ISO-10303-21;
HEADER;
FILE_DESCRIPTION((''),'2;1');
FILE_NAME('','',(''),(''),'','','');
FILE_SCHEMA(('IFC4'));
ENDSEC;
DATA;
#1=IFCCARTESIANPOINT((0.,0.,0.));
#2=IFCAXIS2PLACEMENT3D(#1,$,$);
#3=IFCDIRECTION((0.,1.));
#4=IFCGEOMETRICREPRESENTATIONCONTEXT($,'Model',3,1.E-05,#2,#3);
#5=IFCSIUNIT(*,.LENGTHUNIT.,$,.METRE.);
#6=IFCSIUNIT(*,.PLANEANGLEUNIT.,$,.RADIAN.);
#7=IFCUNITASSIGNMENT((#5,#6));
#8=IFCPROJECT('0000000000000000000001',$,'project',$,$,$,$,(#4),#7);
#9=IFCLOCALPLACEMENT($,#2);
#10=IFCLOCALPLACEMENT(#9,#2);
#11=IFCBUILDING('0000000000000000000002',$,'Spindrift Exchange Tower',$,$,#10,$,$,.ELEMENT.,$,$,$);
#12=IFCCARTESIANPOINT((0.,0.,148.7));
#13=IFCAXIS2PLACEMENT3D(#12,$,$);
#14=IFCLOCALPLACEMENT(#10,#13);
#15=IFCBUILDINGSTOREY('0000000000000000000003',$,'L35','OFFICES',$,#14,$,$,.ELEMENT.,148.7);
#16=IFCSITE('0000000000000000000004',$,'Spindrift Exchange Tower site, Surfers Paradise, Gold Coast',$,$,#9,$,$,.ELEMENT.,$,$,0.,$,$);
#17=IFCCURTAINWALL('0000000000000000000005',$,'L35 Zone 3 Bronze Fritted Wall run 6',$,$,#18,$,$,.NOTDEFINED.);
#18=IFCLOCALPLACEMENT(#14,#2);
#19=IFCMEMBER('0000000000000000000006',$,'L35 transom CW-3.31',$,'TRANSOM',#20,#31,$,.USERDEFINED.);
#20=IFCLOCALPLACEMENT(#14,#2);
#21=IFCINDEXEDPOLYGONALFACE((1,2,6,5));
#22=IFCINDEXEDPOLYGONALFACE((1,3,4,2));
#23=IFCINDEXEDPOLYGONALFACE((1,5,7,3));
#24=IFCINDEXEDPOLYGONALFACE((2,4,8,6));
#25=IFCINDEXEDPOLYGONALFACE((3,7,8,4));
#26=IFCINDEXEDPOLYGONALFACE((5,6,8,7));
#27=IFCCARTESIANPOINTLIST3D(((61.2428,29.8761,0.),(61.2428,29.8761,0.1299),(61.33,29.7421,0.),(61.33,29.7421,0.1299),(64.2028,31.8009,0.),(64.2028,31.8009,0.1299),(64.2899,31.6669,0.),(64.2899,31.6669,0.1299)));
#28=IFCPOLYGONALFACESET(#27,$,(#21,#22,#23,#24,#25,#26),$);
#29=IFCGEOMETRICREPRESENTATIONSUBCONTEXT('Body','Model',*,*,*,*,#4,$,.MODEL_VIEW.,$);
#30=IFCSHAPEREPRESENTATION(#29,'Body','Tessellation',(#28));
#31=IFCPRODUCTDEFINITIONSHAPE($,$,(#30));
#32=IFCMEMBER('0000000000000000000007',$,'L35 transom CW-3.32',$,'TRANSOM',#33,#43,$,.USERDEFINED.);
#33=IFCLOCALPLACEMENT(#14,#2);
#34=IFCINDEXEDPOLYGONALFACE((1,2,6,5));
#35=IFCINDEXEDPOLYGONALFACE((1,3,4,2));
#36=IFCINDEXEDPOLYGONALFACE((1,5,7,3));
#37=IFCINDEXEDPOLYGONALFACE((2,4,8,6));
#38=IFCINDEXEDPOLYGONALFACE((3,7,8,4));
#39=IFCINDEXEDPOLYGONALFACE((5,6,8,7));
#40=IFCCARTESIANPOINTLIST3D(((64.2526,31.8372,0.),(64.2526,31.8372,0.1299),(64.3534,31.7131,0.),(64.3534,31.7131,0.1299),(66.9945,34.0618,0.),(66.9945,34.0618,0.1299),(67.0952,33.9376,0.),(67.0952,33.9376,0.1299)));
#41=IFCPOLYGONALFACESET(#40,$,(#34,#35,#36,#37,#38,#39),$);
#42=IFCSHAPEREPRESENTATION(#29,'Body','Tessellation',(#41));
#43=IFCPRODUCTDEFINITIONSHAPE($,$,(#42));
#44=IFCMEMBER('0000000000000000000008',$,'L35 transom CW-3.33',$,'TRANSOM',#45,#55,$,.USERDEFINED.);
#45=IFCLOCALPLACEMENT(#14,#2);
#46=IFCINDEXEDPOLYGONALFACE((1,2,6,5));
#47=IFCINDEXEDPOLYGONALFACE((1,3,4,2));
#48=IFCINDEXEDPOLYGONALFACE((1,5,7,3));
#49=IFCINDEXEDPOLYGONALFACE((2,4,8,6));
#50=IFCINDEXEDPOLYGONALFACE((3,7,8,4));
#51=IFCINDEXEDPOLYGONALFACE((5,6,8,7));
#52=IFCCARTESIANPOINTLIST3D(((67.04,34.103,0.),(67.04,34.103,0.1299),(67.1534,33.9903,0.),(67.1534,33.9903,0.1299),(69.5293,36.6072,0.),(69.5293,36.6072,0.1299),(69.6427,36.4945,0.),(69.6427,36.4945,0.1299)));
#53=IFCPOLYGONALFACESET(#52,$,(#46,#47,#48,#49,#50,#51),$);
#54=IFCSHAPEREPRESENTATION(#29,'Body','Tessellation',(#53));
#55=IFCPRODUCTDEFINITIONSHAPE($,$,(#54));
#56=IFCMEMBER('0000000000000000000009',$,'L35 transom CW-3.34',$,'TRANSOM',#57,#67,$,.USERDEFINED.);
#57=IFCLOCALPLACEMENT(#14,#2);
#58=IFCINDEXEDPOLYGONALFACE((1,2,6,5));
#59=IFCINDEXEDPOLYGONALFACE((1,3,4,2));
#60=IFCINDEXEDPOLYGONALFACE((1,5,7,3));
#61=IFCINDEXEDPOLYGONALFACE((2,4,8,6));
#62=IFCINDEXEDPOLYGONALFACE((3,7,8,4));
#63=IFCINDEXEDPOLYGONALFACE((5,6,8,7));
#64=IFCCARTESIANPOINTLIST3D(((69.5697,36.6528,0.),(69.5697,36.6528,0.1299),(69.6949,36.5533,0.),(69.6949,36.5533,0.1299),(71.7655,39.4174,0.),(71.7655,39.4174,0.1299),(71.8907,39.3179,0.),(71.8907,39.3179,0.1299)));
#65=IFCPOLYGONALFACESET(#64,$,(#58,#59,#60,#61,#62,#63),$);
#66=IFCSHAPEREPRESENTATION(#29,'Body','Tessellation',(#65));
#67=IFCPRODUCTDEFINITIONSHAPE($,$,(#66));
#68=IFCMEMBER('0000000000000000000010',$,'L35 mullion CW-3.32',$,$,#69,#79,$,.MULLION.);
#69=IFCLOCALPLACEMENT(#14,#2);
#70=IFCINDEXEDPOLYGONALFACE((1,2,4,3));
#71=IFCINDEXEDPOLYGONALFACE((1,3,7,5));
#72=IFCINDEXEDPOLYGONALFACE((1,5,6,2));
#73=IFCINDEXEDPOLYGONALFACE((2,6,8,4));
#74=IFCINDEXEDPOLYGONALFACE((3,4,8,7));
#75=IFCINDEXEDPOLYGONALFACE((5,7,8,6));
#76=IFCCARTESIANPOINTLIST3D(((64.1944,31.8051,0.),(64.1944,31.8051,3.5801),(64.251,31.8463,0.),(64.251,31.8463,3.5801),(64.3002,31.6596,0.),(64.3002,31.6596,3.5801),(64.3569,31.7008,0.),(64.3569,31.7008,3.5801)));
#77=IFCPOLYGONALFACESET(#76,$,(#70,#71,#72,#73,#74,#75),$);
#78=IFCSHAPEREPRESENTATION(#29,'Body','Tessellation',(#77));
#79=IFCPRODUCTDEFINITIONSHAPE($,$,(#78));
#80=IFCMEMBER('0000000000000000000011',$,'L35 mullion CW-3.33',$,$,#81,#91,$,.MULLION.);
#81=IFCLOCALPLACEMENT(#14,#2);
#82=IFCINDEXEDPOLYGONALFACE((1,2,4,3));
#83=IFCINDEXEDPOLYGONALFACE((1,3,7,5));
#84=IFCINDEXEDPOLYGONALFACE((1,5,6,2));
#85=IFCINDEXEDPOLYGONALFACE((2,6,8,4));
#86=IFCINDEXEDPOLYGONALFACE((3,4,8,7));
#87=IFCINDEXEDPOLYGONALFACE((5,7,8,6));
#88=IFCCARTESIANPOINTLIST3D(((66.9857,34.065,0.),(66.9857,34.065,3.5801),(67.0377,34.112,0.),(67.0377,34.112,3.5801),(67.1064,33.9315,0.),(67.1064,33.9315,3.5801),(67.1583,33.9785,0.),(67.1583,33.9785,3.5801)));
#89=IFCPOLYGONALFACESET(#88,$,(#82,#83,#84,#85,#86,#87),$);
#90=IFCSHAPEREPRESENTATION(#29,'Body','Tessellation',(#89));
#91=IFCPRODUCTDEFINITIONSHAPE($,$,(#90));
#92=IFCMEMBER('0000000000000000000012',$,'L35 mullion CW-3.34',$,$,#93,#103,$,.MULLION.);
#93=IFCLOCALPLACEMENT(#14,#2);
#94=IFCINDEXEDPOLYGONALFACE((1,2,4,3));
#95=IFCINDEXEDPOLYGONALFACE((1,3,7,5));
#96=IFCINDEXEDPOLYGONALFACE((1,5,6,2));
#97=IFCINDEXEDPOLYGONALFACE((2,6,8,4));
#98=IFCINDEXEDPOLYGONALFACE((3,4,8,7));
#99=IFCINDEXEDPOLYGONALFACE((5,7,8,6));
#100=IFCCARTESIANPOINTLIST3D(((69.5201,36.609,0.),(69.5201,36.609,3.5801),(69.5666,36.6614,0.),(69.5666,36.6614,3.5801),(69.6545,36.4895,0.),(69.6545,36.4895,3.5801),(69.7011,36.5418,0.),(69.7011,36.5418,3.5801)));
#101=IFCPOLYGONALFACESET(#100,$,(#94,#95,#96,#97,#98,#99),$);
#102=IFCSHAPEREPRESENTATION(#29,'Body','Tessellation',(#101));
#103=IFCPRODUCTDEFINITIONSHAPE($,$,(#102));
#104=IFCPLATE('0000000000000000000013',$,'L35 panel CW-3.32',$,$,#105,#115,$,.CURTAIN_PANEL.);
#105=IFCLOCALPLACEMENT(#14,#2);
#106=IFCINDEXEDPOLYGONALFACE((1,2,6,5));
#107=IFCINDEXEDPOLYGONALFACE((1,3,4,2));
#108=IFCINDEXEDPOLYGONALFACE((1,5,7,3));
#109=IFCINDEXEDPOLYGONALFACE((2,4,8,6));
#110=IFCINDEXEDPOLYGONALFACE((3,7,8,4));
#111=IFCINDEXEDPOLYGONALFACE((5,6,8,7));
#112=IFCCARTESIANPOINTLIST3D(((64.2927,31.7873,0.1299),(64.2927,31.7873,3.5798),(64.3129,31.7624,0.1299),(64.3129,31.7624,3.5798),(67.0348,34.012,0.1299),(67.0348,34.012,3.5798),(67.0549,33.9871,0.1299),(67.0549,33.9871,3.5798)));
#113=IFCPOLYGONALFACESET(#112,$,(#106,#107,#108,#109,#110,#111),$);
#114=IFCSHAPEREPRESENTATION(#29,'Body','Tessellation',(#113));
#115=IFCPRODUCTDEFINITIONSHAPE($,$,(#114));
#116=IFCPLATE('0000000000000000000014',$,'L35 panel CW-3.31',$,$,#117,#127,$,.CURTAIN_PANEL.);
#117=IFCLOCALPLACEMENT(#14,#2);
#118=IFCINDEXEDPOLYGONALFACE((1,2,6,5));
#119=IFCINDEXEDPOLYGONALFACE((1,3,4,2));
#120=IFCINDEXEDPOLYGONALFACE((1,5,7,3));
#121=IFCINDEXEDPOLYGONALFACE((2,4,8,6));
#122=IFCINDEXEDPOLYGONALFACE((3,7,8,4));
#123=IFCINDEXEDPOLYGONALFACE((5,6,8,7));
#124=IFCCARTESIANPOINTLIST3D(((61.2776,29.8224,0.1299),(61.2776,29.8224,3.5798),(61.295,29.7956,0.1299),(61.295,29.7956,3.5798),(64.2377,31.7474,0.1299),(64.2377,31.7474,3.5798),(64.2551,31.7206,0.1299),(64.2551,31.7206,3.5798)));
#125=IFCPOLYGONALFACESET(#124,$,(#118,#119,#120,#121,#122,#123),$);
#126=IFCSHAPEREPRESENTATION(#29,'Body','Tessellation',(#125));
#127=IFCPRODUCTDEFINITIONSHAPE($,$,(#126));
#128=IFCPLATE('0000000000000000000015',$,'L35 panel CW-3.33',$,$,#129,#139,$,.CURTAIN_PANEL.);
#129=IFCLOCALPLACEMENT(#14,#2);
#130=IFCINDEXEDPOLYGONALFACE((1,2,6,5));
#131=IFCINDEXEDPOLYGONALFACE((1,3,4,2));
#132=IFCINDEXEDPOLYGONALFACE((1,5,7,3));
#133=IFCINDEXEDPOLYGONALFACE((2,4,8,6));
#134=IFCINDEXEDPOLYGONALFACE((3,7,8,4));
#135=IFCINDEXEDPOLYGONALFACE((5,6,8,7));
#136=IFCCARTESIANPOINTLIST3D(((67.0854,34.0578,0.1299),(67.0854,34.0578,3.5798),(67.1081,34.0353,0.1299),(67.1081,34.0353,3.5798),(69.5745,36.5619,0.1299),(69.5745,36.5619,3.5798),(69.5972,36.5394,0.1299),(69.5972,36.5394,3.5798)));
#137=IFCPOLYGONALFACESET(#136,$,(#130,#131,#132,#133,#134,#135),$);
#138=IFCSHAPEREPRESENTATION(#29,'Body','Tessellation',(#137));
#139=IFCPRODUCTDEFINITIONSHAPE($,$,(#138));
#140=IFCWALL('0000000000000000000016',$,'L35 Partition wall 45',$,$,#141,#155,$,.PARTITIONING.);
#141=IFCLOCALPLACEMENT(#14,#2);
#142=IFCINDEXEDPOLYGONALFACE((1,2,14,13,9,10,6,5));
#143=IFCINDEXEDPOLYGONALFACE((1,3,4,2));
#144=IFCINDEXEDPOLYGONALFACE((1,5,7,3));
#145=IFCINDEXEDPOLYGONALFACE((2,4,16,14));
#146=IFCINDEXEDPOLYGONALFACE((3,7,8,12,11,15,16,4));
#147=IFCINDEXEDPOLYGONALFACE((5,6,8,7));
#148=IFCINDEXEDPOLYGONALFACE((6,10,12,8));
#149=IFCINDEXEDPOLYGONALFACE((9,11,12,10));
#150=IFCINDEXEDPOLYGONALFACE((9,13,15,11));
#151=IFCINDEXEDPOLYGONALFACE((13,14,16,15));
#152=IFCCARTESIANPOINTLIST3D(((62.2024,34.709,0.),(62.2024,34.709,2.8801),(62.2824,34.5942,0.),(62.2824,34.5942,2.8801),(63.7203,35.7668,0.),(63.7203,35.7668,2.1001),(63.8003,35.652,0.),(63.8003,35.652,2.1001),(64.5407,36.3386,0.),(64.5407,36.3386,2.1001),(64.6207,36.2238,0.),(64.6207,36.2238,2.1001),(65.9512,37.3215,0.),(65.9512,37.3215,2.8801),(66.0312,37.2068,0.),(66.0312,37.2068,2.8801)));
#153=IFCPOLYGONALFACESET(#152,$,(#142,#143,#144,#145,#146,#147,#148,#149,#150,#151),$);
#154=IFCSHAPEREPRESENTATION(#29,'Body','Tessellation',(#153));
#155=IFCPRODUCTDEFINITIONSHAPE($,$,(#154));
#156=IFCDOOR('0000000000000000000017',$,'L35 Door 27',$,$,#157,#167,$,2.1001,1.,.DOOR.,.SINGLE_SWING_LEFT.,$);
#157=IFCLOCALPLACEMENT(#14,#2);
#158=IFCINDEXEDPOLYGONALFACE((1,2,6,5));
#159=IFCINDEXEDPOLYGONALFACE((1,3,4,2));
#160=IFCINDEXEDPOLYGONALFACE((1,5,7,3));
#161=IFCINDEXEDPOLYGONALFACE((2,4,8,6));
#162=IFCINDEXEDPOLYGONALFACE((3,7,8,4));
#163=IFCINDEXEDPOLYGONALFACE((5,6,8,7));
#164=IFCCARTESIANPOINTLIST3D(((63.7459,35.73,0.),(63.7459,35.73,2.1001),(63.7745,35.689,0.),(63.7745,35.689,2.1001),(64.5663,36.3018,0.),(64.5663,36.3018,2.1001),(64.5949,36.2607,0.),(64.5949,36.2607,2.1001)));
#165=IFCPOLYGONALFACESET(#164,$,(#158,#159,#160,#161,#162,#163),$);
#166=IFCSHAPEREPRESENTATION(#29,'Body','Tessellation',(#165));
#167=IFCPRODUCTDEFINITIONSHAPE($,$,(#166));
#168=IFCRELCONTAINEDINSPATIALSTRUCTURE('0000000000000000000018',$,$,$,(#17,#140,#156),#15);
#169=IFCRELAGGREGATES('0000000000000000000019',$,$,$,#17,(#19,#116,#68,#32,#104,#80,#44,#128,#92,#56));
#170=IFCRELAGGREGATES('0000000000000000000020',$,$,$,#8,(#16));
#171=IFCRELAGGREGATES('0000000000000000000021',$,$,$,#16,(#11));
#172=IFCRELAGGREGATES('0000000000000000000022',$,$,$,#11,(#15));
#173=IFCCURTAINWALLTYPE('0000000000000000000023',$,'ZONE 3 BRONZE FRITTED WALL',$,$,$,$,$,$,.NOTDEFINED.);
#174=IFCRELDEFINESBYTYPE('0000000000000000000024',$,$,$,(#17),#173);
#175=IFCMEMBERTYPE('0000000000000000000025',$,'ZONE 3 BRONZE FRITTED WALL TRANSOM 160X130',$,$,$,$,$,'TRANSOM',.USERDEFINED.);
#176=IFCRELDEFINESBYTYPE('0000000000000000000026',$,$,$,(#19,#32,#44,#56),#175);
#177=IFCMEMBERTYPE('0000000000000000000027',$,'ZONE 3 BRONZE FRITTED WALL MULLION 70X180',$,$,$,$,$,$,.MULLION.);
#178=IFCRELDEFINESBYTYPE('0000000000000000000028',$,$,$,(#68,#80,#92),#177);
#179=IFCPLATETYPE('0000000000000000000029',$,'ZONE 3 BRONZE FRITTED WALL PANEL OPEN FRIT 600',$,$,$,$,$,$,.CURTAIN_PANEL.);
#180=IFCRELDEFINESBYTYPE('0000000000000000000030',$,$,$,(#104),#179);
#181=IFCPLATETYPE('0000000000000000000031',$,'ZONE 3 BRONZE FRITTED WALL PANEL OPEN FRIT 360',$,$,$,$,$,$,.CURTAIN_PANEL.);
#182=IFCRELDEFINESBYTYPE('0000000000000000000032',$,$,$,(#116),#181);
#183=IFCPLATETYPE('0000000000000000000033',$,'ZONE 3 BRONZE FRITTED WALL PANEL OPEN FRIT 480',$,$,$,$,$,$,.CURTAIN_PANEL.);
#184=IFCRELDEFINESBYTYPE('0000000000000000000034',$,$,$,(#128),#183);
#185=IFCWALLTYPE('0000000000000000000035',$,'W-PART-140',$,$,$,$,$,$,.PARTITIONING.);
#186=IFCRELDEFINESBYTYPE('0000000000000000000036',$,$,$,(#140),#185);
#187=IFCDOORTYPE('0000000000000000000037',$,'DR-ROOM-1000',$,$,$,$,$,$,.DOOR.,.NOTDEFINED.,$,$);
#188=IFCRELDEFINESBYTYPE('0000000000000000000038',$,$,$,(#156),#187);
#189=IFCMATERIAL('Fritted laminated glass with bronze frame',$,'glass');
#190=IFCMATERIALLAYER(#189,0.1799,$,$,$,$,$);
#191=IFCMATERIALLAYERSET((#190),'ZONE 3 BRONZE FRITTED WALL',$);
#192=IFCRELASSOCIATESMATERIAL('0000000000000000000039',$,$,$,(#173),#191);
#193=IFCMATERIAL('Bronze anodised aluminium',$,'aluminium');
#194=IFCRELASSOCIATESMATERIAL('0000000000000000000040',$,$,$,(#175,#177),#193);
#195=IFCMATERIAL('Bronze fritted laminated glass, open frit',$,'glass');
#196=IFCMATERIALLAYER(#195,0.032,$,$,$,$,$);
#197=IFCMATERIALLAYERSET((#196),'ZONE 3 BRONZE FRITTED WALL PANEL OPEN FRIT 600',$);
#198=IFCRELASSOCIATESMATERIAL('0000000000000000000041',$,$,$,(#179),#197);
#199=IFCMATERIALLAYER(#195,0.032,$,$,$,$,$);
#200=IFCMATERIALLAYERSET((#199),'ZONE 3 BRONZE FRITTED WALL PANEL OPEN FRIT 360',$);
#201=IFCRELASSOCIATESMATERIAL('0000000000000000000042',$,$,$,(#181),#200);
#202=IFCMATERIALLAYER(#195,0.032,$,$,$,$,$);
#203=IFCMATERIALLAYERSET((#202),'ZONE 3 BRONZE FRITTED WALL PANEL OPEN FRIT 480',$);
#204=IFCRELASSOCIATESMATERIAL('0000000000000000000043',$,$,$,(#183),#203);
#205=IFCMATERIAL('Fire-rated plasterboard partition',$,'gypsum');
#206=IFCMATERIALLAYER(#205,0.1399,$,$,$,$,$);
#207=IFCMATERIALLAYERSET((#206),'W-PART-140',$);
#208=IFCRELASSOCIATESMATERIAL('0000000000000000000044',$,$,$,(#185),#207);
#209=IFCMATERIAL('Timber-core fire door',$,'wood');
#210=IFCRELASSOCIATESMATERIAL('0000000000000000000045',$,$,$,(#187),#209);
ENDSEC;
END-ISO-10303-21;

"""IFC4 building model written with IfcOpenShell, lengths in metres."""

from ifc_helpers import new_model, si_unit, direction, frame, frame_2d, origin, origin_2d, place, context, subcontext, project, spatial, rectangle, extrude, source, transform, mapped, material, layer, layer_set, material_profile, profile_set, type_object, element, fill, aggregate, save


model = new_model("IFC4")

# Units and contexts
model_context = context("Model", 3, precision=1e-05, world=origin(), true_north=direction((0.0, 1.0)))
body_context = subcontext(model_context, "Body", "Model", "MODEL_VIEW")
ifc_project = project(units=[si_unit("LENGTHUNIT", "METRE"), si_unit("PLANEANGLEUNIT", "RADIAN")], contexts=[model_context])

# Site, building, storey
site_placement = place(None, origin())
site = spatial("IfcSite", under=ifc_project, at=site_placement, Name="Spindrift Exchange Tower site, Surfers Paradise, Gold Coast", CompositionType="ELEMENT", RefElevation=0.0)
building_placement = place(site_placement, origin())
building = spatial("IfcBuilding", under=site, at=building_placement, Name="Spindrift Exchange Tower", CompositionType="ELEMENT")
storey_placement = place(building_placement, frame((0.0, 0.0, 148.7)))
storey = spatial("IfcBuildingStorey", under=building, at=storey_placement, Name="L35", Description="OFFICES", CompositionType="ELEMENT", Elevation=148.7)

# Curtain wall, members, plates
ifc_material_1 = material(Name="Fritted laminated glass with bronze frame", Category="glass")
ifc_layer_1 = layer(ifc_material_1, 0.1799)
ifc_layer_set_1 = layer_set([ifc_layer_1], Name="ZONE 3 BRONZE FRITTED WALL")
curtain_wall_type = type_object("IfcCurtainWallType", Name="ZONE 3 BRONZE FRITTED WALL", PredefinedType="NOTDEFINED", material=ifc_layer_set_1)
curtain_wall_placement = place(storey_placement, origin())
curtain_wall = element("IfcCurtainWall", 1, at=curtain_wall_placement, inside=storey, type_object=curtain_wall_type, Name="L35 Zone 3 Bronze Fritted Wall run 6", PredefinedType="NOTDEFINED")
ifc_material_2 = material(Name="Bronze anodised aluminium", Category="aluminium")
ifc_material_profile_1 = material_profile(ifc_material_2, rectangle(XDim=0.1599, YDim=0.1299, at=origin_2d()), Name="ZONE 3 BRONZE FRITTED WALL TRANSOM 160X130")
ifc_profile_set_1 = profile_set([ifc_material_profile_1], Name="Bronze anodised aluminium")
member_type_1 = type_object("IfcMemberType", Name="ZONE 3 BRONZE FRITTED WALL TRANSOM 160X130", ElementType="TRANSOM", PredefinedType="USERDEFINED", material=ifc_profile_set_1)
shared_shape_1 = source(origin(), body_context, "Body", "SweptSolid", [
    extrude(rectangle(XDim=0.1599, YDim=0.1299, at=origin_2d()), origin(), (0.0, 0.0, 1.0), 3.5308),
])
member_1_placement = place(storey_placement, frame((61.2864, 29.8091, 0.0649), z_axis=(0.838336, 0.545154, 0.0), x_axis=(-0.545154, 0.838336, 0.0)))
member_1 = element("IfcMember", 2, at=member_1_placement, type_object=member_type_1, Name="L35 transom CW-3.31", ObjectType="TRANSOM", PredefinedType="USERDEFINED", context=body_context, shape_type="MappedRepresentation", body=[
    mapped(shared_shape_1, transform((0.0, 0.0, 0.0), scale=1.0)),
])
member_2_placement = place(storey_placement, frame((64.303, 31.7751, 0.0649), z_axis=(0.77656, 0.630043, 0.0), x_axis=(-0.630043, 0.77656, 0.0)))
member_2 = element("IfcMember", 3, at=member_2_placement, type_object=member_type_1, Name="L35 transom CW-3.32", ObjectType="TRANSOM", PredefinedType="USERDEFINED", context=body_context, shape_type="MappedRepresentation", body=[
    mapped(shared_shape_1, transform((0.0, 0.0, 0.0), scale=1.0)),
])
shared_shape_2 = source(origin(), body_context, "Body", "SweptSolid", [
    extrude(rectangle(XDim=0.1599, YDim=0.1299, at=origin_2d()), origin(), (0.0, 0.0, 1.0), 3.531),
])
member_3_placement = place(storey_placement, frame((67.0967, 34.0466, 0.0649), z_axis=(0.704995, 0.709213, 0.0), x_axis=(-0.709213, 0.704995, 0.0)))
member_3 = element("IfcMember", 4, at=member_3_placement, type_object=member_type_1, Name="L35 transom CW-3.33", ObjectType="TRANSOM", PredefinedType="USERDEFINED", context=body_context, shape_type="MappedRepresentation", body=[
    mapped(shared_shape_2, transform((0.0, 0.0, 0.0), scale=1.0)),
])
shared_shape_3 = source(origin(), body_context, "Body", "SweptSolid", [
    extrude(rectangle(XDim=0.1599, YDim=0.1299, at=origin_2d()), origin(), (0.0, 0.0, 1.0), 3.5305),
])
member_4_placement = place(storey_placement, frame((69.6323, 36.603, 0.0649), z_axis=(0.621942, 0.783063, 0.0), x_axis=(-0.783063, 0.621942, 0.0)))
member_4 = element("IfcMember", 5, at=member_4_placement, type_object=member_type_1, Name="L35 transom CW-3.34", ObjectType="TRANSOM", PredefinedType="USERDEFINED", context=body_context, shape_type="MappedRepresentation", body=[
    mapped(shared_shape_3, transform((0.0, 0.0, 0.0), scale=1.0)),
])
ifc_material_profile_2 = material_profile(ifc_material_2, rectangle(XDim=0.0701, YDim=0.1799, at=origin_2d()), Name="ZONE 3 BRONZE FRITTED WALL MULLION 70X180")
ifc_profile_set_2 = profile_set([ifc_material_profile_2], Name="Bronze anodised aluminium")
member_type_2 = type_object("IfcMemberType", Name="ZONE 3 BRONZE FRITTED WALL MULLION 70X180", PredefinedType="MULLION", material=ifc_profile_set_2)
shared_shape_4 = source(origin(), body_context, "Body", "SweptSolid", [
    extrude(rectangle(XDim=0.0701, YDim=0.1799, at=origin_2d()), origin(), (0.0, 0.0, 1.0), 3.5801),
])
member_5_placement = place(storey_placement, frame((64.2756, 31.7529, 0.0), z_axis=(0.0, 0.0, 1.0), x_axis=(0.808557, 0.588418, 0.0)))
member_5 = element("IfcMember", 6, at=member_5_placement, type_object=member_type_2, Name="L35 mullion CW-3.32", PredefinedType="MULLION", context=body_context, shape_type="MappedRepresentation", body=[
    mapped(shared_shape_4, transform((0.0, 0.0, 0.0), scale=1.0)),
])
member_6_placement = place(storey_placement, frame((67.072, 34.0217, 0.0), z_axis=(0.0, 0.0, 1.0), x_axis=(0.741828, 0.670591, 0.0)))
member_6 = element("IfcMember", 7, at=member_6_placement, type_object=member_type_2, Name="L35 mullion CW-3.33", PredefinedType="MULLION", context=body_context, shape_type="MappedRepresentation", body=[
    mapped(shared_shape_4, transform((0.0, 0.0, 0.0), scale=1.0)),
])
member_7_placement = place(storey_placement, frame((69.6106, 36.5754, 0.0), z_axis=(0.0, 0.0, 1.0), x_axis=(0.66449, 0.747297, 0.0)))
member_7 = element("IfcMember", 8, at=member_7_placement, type_object=member_type_2, Name="L35 mullion CW-3.34", PredefinedType="MULLION", context=body_context, shape_type="MappedRepresentation", body=[
    mapped(shared_shape_4, transform((0.0, 0.0, 0.0), scale=1.0)),
])
ifc_material_3 = material(Name="Bronze fritted laminated glass, open frit", Category="glass")
ifc_layer_2 = layer(ifc_material_3, 0.032)
ifc_layer_set_2 = layer_set([ifc_layer_2], Name="ZONE 3 BRONZE FRITTED WALL PANEL OPEN FRIT 600")
plate_type_1 = type_object("IfcPlateType", Name="ZONE 3 BRONZE FRITTED WALL PANEL OPEN FRIT 600", PredefinedType="CURTAIN_PANEL", material=ifc_layer_set_2)
shared_shape_5 = source(origin(), body_context, "Body", "SweptSolid", [
    extrude(rectangle(XDim=3.531, YDim=0.032, at=origin_2d()), origin(), (0.0, 0.0, 1.0), 3.45),
])
plate_1_placement = place(storey_placement, frame((65.6738, 32.8872, 0.1299), z_axis=(0.0, 0.0, 1.0), x_axis=(0.776561, 0.630042, 0.0)))
plate_1 = element("IfcPlate", 9, at=plate_1_placement, type_object=plate_type_1, Name="L35 panel CW-3.32", PredefinedType="CURTAIN_PANEL", context=body_context, shape_type="MappedRepresentation", body=[
    mapped(shared_shape_5, transform((0.0, 0.0, 0.0), scale=1.0)),
])
ifc_layer_3 = layer(ifc_material_3, 0.032)
ifc_layer_set_3 = layer_set([ifc_layer_3], Name="ZONE 3 BRONZE FRITTED WALL PANEL OPEN FRIT 360")
plate_type_2 = type_object("IfcPlateType", Name="ZONE 3 BRONZE FRITTED WALL PANEL OPEN FRIT 360", PredefinedType="CURTAIN_PANEL", material=ifc_layer_set_3)
shared_shape_6 = source(origin(), body_context, "Body", "SweptSolid", [
    extrude(rectangle(XDim=3.531, YDim=0.032, at=origin_2d()), origin(), (0.0, 0.0, 1.0), 3.45),
])
plate_2_placement = place(storey_placement, frame((62.7664, 30.7715, 0.1299), z_axis=(0.0, 0.0, 1.0), x_axis=(0.838323, 0.545173, 0.0)))
plate_2 = element("IfcPlate", 10, at=plate_2_placement, type_object=plate_type_2, Name="L35 panel CW-3.31", PredefinedType="CURTAIN_PANEL", context=body_context, shape_type="MappedRepresentation", body=[
    mapped(shared_shape_6, transform((0.0, 0.0, 0.0), scale=1.0)),
])
ifc_layer_4 = layer(ifc_material_3, 0.032)
ifc_layer_set_4 = layer_set([ifc_layer_4], Name="ZONE 3 BRONZE FRITTED WALL PANEL OPEN FRIT 480")
plate_type_3 = type_object("IfcPlateType", Name="ZONE 3 BRONZE FRITTED WALL PANEL OPEN FRIT 480", PredefinedType="CURTAIN_PANEL", material=ifc_layer_set_4)
shared_shape_7 = source(origin(), body_context, "Body", "SweptSolid", [
    extrude(rectangle(XDim=3.5308, YDim=0.032, at=origin_2d()), origin(), (0.0, 0.0, 1.0), 3.45),
])
plate_3_placement = place(storey_placement, frame((68.3413, 35.2986, 0.1299), z_axis=(0.0, 0.0, 1.0), x_axis=(0.70498, 0.709228, 0.0)))
plate_3 = element("IfcPlate", 11, at=plate_3_placement, type_object=plate_type_3, Name="L35 panel CW-3.33", PredefinedType="CURTAIN_PANEL", context=body_context, shape_type="MappedRepresentation", body=[
    mapped(shared_shape_7, transform((0.0, 0.0, 0.0), scale=1.0)),
])
aggregate(curtain_wall, [member_1, plate_2, member_5, member_2, plate_1, member_6, member_3, plate_3, member_7, member_4])

# Wall, opening, door
ifc_material_4 = material(Name="Fire-rated plasterboard partition", Category="gypsum")
ifc_layer_5 = layer(ifc_material_4, 0.1399)
ifc_layer_set_5 = layer_set([ifc_layer_5], Name="W-PART-140")
wall_type = type_object("IfcWallType", Name="W-PART-140", PredefinedType="PARTITIONING", material=ifc_layer_set_5)
wall_1_placement = place(storey_placement, frame((65.9912, 37.2642, 0.0), z_axis=(0.0, 0.0, 1.0), x_axis=(-0.820422, -0.571758, 0.0)))
wall_1 = element("IfcWall", 12, at=wall_1_placement, inside=storey, type_object=wall_type, Name="L35 Partition wall 45", PredefinedType="PARTITIONING", context=body_context, shape_type="SweptSolid", body=[
    extrude(rectangle(XDim=4.5693, YDim=0.1399, at=frame_2d((2.2847, 0.0))), origin(), (0.0, 0.0, 1.0), 2.8801),
])
opening_1_placement = place(wall_1_placement, frame((1.7192, 0.0, 0.0)))
opening_1 = element("IfcOpeningElement", 13, at=opening_1_placement, cuts=wall_1, PredefinedType="OPENING", context=body_context, shape_type="SweptSolid", body=[
    extrude(rectangle(XDim=1.0, YDim=2.1001, at=frame_2d((0.5, 1.05))), frame((0.0, 0.0798, 0.0), z_axis=(0.0, -1.0, 0.0), x_axis=(1.0, 0.0, 0.0)), (0.0, 0.0, 1.0), 0.1599),
])
ifc_material_5 = material(Name="Timber-core fire door", Category="wood")
door_type = type_object("IfcDoorType", Name="DR-ROOM-1000", OperationType="NOTDEFINED", PredefinedType="DOOR", material=ifc_material_5)
shared_shape_8 = source(origin(), body_context, "Body", "SweptSolid", [
    extrude(rectangle(XDim=1.0, YDim=2.1001, at=frame_2d((0.5, 1.05))), frame((0.0, 0.0249, 0.0), z_axis=(0.0, -1.0, 0.0), x_axis=(1.0, 0.0, 0.0)), (0.0, 0.0, 1.0), 0.05),
])
door_1_placement = place(opening_1_placement, origin())
door_1 = element("IfcDoor", 14, at=door_1_placement, inside=storey, type_object=door_type, Name="L35 Door 27", OperationType="SINGLE_SWING_LEFT", OverallHeight=2.1001, OverallWidth=1.0, PredefinedType="DOOR", context=body_context, shape_type="MappedRepresentation", body=[
    mapped(shared_shape_8, transform((0.0, 0.0, 0.0), scale=1.0)),
])
fill(opening_1, door_1)

save(model, "model.ifc")
